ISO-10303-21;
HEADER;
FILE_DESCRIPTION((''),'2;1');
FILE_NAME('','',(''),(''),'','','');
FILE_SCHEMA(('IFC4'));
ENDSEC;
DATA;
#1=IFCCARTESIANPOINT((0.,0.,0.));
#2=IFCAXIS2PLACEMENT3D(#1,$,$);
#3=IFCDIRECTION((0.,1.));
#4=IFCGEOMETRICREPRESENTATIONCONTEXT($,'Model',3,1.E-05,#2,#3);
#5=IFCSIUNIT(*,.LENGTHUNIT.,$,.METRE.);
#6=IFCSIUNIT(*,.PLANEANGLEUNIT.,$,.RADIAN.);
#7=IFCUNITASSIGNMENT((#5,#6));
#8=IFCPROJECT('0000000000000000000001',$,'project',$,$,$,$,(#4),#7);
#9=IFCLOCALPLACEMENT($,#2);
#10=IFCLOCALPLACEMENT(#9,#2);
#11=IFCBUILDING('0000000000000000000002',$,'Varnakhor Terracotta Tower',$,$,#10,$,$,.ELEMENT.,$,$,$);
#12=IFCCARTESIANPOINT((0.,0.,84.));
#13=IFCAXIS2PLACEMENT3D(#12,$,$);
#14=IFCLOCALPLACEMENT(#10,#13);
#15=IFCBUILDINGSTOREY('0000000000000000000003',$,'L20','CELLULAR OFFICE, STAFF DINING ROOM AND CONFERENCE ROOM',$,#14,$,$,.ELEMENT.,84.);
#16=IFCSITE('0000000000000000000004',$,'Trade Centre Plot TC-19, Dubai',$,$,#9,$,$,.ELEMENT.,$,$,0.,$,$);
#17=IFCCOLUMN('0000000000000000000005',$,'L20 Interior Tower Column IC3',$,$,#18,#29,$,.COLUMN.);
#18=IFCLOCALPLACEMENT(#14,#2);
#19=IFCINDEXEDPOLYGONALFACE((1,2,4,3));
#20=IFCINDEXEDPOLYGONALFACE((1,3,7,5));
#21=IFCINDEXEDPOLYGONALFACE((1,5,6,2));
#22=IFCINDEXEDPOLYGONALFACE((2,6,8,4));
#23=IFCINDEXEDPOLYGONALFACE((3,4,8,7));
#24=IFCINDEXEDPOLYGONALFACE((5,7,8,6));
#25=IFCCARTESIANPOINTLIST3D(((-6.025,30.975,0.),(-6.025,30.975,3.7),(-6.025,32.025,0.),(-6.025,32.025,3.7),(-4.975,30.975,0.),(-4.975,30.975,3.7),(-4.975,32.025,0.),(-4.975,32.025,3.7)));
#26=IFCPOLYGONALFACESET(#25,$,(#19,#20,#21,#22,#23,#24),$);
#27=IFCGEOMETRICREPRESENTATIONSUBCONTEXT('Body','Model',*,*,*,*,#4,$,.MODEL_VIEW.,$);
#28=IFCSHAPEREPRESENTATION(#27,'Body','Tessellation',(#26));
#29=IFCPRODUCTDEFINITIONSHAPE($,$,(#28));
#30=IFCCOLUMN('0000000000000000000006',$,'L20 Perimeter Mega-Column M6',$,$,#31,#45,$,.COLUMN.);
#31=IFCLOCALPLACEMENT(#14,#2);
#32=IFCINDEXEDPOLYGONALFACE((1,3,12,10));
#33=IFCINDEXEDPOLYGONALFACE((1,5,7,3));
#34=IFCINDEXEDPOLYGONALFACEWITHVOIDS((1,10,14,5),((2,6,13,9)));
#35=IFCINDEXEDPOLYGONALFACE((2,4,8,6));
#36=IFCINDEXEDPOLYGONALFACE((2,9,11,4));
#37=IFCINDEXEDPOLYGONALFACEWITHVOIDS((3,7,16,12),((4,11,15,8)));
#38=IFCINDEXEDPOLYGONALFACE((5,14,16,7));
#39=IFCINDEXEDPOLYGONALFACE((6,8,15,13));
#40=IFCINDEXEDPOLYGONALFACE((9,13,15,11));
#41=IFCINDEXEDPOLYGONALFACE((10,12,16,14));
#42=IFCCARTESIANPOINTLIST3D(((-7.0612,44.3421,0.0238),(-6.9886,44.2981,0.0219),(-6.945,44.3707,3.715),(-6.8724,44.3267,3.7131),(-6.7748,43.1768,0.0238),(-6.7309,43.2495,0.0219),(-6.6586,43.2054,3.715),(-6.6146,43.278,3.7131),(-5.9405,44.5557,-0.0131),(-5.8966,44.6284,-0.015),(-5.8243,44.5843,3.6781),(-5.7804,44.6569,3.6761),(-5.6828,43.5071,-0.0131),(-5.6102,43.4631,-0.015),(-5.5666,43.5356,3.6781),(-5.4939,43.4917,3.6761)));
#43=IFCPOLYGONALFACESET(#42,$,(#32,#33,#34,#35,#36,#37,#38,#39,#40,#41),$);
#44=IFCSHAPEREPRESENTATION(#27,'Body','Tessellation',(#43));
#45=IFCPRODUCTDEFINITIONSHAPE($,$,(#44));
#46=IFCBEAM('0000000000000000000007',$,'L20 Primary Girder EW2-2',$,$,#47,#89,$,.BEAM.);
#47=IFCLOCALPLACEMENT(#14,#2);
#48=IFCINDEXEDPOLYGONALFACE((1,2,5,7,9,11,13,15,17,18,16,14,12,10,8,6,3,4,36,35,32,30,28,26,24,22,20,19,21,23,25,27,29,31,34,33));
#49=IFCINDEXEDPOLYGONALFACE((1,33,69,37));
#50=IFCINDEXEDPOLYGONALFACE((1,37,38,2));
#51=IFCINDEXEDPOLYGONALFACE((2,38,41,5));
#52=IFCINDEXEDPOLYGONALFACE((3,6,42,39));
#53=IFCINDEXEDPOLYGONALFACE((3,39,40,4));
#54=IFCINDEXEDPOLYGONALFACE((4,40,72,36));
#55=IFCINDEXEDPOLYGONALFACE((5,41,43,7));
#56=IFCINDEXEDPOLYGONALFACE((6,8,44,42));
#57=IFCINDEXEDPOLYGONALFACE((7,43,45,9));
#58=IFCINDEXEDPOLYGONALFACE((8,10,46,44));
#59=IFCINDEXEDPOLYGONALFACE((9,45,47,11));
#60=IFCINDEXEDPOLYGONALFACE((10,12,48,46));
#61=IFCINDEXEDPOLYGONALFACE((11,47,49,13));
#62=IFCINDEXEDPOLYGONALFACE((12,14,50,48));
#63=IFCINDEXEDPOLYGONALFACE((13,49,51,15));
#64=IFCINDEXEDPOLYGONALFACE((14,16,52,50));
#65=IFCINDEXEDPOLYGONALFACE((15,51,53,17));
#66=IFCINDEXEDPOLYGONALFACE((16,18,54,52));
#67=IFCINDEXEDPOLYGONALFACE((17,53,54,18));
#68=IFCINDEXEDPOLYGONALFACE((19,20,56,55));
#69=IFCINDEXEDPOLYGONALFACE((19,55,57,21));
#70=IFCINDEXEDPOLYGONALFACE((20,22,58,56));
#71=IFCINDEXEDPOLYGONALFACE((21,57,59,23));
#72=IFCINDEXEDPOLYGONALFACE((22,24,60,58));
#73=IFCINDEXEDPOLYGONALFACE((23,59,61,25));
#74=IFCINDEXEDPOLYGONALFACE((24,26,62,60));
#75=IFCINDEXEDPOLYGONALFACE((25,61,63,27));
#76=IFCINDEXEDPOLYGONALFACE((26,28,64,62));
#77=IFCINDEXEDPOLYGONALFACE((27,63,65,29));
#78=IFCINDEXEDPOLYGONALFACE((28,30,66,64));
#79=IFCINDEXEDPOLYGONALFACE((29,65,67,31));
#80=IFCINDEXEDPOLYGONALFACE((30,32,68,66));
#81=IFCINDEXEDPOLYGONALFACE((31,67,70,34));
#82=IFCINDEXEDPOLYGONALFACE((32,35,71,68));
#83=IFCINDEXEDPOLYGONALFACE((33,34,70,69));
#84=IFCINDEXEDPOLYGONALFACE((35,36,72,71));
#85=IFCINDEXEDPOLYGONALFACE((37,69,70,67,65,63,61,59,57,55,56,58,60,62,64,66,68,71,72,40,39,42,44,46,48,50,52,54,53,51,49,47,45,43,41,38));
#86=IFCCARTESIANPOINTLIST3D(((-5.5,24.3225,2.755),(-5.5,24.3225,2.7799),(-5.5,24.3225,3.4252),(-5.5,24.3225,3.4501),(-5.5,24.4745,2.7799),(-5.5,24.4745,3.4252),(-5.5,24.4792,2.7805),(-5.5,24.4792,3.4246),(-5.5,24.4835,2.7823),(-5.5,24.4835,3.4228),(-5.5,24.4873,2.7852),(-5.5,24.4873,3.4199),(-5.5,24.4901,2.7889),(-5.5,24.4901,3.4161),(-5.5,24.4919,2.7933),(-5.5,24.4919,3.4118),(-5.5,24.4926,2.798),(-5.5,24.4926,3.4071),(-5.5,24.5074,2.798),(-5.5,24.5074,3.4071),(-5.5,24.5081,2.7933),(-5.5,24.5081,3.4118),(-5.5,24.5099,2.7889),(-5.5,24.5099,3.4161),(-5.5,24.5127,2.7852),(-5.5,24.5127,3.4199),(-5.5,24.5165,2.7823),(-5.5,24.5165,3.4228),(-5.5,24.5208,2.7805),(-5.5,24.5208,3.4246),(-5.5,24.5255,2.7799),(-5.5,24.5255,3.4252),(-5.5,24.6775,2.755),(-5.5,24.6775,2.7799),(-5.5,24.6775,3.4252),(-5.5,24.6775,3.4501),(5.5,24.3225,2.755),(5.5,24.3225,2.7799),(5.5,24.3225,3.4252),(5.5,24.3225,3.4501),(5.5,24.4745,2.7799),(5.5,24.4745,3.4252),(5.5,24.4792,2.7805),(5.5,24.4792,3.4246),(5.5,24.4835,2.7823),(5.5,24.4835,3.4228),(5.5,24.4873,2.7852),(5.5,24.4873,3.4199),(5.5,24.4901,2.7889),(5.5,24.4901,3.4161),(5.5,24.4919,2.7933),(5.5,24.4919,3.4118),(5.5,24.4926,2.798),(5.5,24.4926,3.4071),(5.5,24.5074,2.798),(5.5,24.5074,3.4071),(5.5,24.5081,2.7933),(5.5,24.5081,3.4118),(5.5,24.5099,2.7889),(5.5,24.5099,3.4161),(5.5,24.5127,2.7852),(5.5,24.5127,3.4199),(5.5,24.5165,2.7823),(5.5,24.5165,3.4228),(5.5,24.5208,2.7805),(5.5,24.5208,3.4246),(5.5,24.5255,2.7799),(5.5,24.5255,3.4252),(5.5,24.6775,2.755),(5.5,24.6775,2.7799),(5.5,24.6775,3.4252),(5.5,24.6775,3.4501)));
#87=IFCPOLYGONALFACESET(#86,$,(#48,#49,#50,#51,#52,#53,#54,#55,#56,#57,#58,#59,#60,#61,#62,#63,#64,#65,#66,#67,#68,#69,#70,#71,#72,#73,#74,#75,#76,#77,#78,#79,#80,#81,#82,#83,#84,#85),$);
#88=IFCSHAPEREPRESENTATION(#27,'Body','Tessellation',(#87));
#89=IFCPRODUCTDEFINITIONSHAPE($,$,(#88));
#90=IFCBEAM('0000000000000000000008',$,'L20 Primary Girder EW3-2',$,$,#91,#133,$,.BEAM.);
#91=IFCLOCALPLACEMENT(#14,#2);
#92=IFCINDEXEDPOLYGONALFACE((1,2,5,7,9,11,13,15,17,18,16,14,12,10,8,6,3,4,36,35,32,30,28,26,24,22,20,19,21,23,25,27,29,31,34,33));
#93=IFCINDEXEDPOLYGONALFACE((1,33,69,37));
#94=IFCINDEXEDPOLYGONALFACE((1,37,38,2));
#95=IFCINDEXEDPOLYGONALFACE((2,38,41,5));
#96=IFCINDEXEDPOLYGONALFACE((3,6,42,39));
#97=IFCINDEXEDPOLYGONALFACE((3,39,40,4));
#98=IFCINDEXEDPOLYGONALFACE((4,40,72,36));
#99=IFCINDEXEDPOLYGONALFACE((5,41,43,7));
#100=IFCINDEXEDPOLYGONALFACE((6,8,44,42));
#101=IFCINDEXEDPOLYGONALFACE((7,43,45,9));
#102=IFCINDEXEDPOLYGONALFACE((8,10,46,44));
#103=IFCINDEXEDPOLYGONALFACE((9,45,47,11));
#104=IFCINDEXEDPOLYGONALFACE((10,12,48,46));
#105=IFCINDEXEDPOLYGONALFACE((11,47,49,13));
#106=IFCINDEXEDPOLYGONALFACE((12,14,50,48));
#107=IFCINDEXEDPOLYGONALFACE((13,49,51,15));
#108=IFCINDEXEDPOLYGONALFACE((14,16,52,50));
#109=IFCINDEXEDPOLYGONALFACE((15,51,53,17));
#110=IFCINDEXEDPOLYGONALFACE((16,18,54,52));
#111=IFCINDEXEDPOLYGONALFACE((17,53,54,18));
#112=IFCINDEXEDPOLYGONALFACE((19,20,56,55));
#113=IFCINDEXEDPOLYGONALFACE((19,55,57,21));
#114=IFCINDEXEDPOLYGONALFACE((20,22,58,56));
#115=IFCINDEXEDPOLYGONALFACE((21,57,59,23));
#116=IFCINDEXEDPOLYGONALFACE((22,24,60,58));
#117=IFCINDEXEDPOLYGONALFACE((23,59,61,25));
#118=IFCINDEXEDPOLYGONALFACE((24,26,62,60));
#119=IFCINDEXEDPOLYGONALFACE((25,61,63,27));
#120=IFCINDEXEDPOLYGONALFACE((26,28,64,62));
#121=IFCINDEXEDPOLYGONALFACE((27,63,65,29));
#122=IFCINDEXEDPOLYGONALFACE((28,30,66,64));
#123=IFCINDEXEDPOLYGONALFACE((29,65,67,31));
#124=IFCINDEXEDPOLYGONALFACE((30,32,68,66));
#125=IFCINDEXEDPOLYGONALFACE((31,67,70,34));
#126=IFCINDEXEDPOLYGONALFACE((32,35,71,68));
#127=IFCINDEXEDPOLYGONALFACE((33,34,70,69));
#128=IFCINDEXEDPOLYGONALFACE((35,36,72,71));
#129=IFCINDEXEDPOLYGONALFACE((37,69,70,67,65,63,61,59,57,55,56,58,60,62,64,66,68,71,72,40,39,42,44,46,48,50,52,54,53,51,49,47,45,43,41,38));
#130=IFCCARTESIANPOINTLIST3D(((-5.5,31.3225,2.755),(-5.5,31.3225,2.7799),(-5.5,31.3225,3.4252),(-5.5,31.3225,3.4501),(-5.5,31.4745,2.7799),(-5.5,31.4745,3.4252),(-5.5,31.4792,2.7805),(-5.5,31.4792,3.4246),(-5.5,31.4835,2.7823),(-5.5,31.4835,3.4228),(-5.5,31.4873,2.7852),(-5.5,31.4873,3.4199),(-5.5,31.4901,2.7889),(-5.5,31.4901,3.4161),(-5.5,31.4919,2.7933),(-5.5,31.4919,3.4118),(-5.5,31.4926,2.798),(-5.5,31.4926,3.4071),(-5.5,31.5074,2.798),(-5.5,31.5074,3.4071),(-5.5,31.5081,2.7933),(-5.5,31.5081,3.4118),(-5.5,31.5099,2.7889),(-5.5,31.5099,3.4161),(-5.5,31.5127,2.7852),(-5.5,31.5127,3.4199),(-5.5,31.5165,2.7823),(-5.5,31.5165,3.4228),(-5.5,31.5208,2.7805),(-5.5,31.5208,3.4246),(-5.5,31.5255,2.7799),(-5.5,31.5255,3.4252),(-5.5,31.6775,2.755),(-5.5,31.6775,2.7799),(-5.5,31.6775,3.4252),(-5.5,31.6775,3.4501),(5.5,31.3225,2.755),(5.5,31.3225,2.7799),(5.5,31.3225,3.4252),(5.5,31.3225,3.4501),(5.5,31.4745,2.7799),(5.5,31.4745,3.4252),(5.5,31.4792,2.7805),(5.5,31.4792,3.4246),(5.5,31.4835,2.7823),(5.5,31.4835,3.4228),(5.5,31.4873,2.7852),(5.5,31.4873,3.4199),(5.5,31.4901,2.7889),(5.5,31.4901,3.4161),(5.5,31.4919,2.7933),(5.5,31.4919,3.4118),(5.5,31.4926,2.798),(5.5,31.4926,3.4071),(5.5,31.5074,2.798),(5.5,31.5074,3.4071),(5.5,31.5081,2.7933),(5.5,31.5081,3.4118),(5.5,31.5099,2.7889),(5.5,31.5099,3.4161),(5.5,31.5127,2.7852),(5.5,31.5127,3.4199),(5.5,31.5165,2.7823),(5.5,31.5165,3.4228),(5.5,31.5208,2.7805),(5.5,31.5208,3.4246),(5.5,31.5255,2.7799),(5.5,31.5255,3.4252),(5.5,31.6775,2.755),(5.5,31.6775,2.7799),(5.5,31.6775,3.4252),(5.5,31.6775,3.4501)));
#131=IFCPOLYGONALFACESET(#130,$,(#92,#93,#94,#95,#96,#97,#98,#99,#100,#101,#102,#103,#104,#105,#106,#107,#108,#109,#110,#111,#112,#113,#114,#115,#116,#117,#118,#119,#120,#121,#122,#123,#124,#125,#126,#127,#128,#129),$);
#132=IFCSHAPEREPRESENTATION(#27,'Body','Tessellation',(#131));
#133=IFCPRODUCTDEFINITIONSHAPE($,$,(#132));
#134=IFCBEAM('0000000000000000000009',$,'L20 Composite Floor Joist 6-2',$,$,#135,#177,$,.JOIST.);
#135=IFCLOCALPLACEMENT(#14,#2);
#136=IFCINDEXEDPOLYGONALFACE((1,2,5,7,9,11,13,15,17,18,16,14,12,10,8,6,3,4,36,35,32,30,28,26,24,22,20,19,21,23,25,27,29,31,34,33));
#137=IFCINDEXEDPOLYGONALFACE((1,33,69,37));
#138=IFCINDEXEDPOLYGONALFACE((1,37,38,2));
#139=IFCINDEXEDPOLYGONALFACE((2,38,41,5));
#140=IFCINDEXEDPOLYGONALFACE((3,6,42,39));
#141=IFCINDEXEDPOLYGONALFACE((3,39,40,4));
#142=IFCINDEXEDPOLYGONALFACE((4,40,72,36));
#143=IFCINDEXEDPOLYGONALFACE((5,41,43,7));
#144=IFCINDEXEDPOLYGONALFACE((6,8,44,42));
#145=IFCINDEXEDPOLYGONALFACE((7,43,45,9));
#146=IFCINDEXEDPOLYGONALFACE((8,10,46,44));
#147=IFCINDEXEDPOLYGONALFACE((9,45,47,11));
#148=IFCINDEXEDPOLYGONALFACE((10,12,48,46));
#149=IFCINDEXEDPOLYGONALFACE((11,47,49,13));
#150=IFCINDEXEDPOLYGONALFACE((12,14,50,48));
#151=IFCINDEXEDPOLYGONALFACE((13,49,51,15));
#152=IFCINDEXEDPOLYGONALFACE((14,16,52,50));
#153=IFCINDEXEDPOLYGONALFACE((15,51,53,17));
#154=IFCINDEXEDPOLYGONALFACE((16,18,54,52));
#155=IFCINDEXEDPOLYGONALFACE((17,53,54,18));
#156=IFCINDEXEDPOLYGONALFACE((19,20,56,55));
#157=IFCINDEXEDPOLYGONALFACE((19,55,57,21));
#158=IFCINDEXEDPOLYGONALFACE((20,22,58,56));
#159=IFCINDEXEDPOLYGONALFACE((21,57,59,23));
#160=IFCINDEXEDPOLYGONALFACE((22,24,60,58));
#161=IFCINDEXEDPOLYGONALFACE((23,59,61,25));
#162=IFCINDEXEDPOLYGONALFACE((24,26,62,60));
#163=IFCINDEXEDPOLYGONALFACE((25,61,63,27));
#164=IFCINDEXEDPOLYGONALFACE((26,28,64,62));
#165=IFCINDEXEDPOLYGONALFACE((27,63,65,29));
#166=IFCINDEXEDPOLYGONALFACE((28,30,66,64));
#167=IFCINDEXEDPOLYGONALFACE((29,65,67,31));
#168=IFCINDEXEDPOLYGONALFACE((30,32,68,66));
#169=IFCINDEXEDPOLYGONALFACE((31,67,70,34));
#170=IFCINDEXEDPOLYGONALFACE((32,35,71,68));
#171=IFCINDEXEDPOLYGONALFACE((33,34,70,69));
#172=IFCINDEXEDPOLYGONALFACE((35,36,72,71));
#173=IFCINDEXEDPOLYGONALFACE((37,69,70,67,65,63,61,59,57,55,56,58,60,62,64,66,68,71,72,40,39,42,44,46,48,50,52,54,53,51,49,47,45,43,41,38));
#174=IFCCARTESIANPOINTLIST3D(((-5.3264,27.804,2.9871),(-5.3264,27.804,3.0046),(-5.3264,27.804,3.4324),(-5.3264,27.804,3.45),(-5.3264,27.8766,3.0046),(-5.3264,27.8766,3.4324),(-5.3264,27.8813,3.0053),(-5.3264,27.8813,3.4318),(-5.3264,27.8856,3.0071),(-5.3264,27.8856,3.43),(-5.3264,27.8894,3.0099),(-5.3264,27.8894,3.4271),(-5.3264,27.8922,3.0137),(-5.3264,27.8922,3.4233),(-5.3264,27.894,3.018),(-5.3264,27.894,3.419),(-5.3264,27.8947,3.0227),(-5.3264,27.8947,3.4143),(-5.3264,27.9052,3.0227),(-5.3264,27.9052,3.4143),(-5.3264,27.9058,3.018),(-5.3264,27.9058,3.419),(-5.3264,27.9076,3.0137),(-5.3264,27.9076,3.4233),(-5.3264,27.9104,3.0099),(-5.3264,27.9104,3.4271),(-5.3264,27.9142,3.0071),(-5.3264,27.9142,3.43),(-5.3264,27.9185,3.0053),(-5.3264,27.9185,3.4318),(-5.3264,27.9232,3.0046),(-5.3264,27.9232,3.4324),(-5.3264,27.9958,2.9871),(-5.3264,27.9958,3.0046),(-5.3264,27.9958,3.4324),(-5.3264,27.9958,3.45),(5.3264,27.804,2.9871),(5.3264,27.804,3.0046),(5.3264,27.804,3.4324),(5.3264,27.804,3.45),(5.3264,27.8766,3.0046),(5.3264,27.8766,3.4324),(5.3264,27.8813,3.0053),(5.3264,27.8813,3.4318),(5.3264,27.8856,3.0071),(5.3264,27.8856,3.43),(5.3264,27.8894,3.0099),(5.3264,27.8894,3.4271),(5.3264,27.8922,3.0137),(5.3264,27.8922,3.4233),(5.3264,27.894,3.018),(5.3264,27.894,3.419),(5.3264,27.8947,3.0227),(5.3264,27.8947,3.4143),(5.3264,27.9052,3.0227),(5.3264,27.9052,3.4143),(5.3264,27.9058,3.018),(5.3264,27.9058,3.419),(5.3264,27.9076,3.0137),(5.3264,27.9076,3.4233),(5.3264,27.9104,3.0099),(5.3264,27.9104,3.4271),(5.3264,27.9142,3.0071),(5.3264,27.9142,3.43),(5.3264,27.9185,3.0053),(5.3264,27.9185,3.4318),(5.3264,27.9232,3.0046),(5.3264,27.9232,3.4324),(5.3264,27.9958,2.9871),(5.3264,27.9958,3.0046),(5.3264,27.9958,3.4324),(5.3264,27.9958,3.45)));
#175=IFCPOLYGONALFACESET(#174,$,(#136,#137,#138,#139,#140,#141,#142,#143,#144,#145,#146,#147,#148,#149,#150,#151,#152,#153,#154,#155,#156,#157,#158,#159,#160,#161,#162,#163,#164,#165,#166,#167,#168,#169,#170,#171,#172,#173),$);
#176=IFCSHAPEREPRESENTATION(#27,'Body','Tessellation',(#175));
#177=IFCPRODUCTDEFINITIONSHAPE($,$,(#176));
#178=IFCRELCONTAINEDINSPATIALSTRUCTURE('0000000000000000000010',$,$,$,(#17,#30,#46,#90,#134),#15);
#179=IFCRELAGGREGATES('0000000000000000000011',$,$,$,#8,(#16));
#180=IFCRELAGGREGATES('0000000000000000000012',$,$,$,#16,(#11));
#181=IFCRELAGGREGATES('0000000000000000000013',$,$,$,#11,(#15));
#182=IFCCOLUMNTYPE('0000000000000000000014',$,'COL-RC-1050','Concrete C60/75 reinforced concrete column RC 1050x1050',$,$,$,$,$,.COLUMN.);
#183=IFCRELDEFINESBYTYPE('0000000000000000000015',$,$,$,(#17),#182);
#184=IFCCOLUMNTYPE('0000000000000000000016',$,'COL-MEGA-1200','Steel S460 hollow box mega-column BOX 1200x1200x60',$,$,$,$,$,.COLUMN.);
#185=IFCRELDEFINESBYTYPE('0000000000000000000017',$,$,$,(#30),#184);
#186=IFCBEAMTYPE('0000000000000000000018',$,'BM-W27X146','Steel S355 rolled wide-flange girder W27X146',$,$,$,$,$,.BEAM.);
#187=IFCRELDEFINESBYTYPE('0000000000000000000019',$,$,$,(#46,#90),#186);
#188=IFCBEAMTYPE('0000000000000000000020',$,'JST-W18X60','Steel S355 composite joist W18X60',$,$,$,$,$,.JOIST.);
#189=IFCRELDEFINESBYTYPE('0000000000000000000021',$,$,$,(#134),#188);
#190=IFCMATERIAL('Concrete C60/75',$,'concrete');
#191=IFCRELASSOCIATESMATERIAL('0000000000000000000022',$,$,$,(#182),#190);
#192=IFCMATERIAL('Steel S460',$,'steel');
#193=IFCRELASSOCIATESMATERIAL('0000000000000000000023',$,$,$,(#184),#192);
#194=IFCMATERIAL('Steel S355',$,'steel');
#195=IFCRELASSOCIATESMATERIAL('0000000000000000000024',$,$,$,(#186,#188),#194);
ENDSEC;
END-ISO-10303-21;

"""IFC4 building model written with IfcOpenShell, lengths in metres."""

from ifc_helpers import new_model, si_unit, direction, frame, origin, origin_2d, place, context, subcontext, project, spatial, rectangle, hollow_rectangle, i_section, extrude, source, transform, mapped, material, material_profile, profile_set, type_object, element, save


model = new_model("IFC4")

# Units and contexts
model_context = context("Model", 3, precision=1e-05, world=origin(), true_north=direction((0.0, 1.0)))
body_context = subcontext(model_context, "Body", "Model", "MODEL_VIEW")
ifc_project = project(units=[si_unit("LENGTHUNIT", "METRE"), si_unit("PLANEANGLEUNIT", "RADIAN")], contexts=[model_context])

# Site, building, storey
site_placement = place(None, origin())
site = spatial("IfcSite", under=ifc_project, at=site_placement, Name="Trade Centre Plot TC-19, Dubai", CompositionType="ELEMENT", RefElevation=0.0)
building_placement = place(site_placement, origin())
building = spatial("IfcBuilding", under=site, at=building_placement, Name="Varnakhor Terracotta Tower", CompositionType="ELEMENT")
storey_placement = place(building_placement, frame((0.0, 0.0, 84.0)))
storey = spatial("IfcBuildingStorey", under=building, at=storey_placement, Name="L20", Description="CELLULAR OFFICE, STAFF DINING ROOM AND CONFERENCE ROOM", CompositionType="ELEMENT", Elevation=84.0)

# Columns
ifc_material_1 = material(Name="Concrete C60/75", Category="concrete")
ifc_material_profile_1 = material_profile(ifc_material_1, rectangle(XDim=1.05, YDim=1.05, at=origin_2d()), Name="RC 1050x1050")
ifc_profile_set_1 = profile_set([ifc_material_profile_1], Name="Concrete C60/75")
column_type_1 = type_object("IfcColumnType", Name="COL-RC-1050", Description="Concrete C60/75 reinforced concrete column RC 1050x1050", PredefinedType="COLUMN", material=ifc_profile_set_1)
shared_shape_1 = source(origin(), body_context, "Body", "SweptSolid", [
    extrude(rectangle(XDim=1.05, YDim=1.05, at=origin_2d()), origin(), (0.0, 0.0, 1.0), 3.7),
])
column_1_placement = place(storey_placement, frame((-5.5, 31.5, 0.0), z_axis=(0.0, 0.0, 1.0), x_axis=(1.0, 0.0, 0.0)))
element("IfcColumn", 1, at=column_1_placement, inside=storey, type_object=column_type_1, Name="L20 Interior Tower Column IC3", PredefinedType="COLUMN", context=body_context, shape_type="MappedRepresentation", body=[
    mapped(shared_shape_1, transform((0.0, 0.0, 0.0), scale=1.0)),
])
ifc_material_2 = material(Name="Steel S460", Category="steel")
ifc_material_profile_2 = material_profile(ifc_material_2, hollow_rectangle(XDim=1.2, YDim=1.2, WallThickness=0.0601, at=origin_2d()), Name="BOX 1200x1200x60")
ifc_profile_set_2 = profile_set([ifc_material_profile_2], Name="Steel S460")
column_type_2 = type_object("IfcColumnType", Name="COL-MEGA-1200", Description="Steel S460 hollow box mega-column BOX 1200x1200x60", PredefinedType="COLUMN", material=ifc_profile_set_2)
shared_shape_2 = source(origin(), body_context, "Body", "SweptSolid", [
    extrude(hollow_rectangle(XDim=1.2, YDim=1.2, WallThickness=0.0601, at=origin_2d()), origin(), (0.0, 0.0, 1.0), 3.6931),
])
column_2_placement = place(storey_placement, frame((-6.3357, 43.9026, 0.0044), z_axis=(0.031467, 0.007735, 0.999475), x_axis=(-0.238694, 0.971095, 0.0)))
element("IfcColumn", 2, at=column_2_placement, inside=storey, type_object=column_type_2, Name="L20 Perimeter Mega-Column M6", PredefinedType="COLUMN", context=body_context, shape_type="MappedRepresentation", body=[
    mapped(shared_shape_2, transform((0.0, 0.0, 0.0), scale=1.0)),
])

# Beams
ifc_material_3 = material(Name="Steel S355", Category="steel")
ifc_material_profile_3 = material_profile(ifc_material_3, i_section(OverallWidth=0.355, OverallDepth=0.6951, WebThickness=0.0149, FlangeThickness=0.0249, FilletRadius=0.0181, at=origin_2d()), Name="W27X146")
ifc_profile_set_3 = profile_set([ifc_material_profile_3], Name="Steel S355")
beam_type_1 = type_object("IfcBeamType", Name="BM-W27X146", Description="Steel S355 rolled wide-flange girder W27X146", PredefinedType="BEAM", material=ifc_profile_set_3)
shared_shape_3 = source(origin(), body_context, "Body", "SweptSolid", [
    extrude(i_section(OverallWidth=0.355, OverallDepth=0.6951, WebThickness=0.0149, FlangeThickness=0.0249, FilletRadius=0.0181, at=origin_2d()), origin(), (0.0, 0.0, 1.0), 11.0),
])
for number, where, z_axis, x_axis, name in (
    (3, (-5.5, 24.5, 3.1025), (1.0, 0.0, 0.0), (0.0, 1.0, 0.0), "L20 Primary Girder EW2-2"),
    (4, (-5.5, 31.5, 3.1025), (1.0, 0.0, 0.0), (0.0, 1.0, 0.0), "L20 Primary Girder EW3-2"),
):
    element("IfcBeam", number, at=place(storey_placement, frame(where, z_axis=z_axis, x_axis=x_axis)), inside=storey, type_object=beam_type_1, Name=name, PredefinedType="BEAM", context=body_context, shape_type="MappedRepresentation", body=[
        mapped(shared_shape_3, transform((0.0, 0.0, 0.0), scale=1.0)),
    ])
ifc_material_profile_4 = material_profile(ifc_material_3, i_section(OverallWidth=0.1919, OverallDepth=0.4629, WebThickness=0.0105, FlangeThickness=0.0176, FilletRadius=0.0181, at=origin_2d()), Name="W18X60")
ifc_profile_set_4 = profile_set([ifc_material_profile_4], Name="Steel S355")
beam_type_2 = type_object("IfcBeamType", Name="JST-W18X60", Description="Steel S355 composite joist W18X60", PredefinedType="JOIST", material=ifc_profile_set_4)
shared_shape_4 = source(origin(), body_context, "Body", "SweptSolid", [
    extrude(i_section(OverallWidth=0.1919, OverallDepth=0.4629, WebThickness=0.0105, FlangeThickness=0.0176, FilletRadius=0.0181, at=origin_2d()), origin(), (0.0, 0.0, 1.0), 10.6528),
])
for number, where, z_axis, x_axis, name in (
    (5, (-5.3264, 27.8999, 3.2185), (1.0, 0.0, 0.0), (0.0, 1.0, 0.0), "L20 Composite Floor Joist 6-2"),
):
    element("IfcBeam", number, at=place(storey_placement, frame(where, z_axis=z_axis, x_axis=x_axis)), inside=storey, type_object=beam_type_2, Name=name, PredefinedType="JOIST", context=body_context, shape_type="MappedRepresentation", body=[
        mapped(shared_shape_4, transform((0.0, 0.0, 0.0), scale=1.0)),
    ])

save(model, "model.ifc")
